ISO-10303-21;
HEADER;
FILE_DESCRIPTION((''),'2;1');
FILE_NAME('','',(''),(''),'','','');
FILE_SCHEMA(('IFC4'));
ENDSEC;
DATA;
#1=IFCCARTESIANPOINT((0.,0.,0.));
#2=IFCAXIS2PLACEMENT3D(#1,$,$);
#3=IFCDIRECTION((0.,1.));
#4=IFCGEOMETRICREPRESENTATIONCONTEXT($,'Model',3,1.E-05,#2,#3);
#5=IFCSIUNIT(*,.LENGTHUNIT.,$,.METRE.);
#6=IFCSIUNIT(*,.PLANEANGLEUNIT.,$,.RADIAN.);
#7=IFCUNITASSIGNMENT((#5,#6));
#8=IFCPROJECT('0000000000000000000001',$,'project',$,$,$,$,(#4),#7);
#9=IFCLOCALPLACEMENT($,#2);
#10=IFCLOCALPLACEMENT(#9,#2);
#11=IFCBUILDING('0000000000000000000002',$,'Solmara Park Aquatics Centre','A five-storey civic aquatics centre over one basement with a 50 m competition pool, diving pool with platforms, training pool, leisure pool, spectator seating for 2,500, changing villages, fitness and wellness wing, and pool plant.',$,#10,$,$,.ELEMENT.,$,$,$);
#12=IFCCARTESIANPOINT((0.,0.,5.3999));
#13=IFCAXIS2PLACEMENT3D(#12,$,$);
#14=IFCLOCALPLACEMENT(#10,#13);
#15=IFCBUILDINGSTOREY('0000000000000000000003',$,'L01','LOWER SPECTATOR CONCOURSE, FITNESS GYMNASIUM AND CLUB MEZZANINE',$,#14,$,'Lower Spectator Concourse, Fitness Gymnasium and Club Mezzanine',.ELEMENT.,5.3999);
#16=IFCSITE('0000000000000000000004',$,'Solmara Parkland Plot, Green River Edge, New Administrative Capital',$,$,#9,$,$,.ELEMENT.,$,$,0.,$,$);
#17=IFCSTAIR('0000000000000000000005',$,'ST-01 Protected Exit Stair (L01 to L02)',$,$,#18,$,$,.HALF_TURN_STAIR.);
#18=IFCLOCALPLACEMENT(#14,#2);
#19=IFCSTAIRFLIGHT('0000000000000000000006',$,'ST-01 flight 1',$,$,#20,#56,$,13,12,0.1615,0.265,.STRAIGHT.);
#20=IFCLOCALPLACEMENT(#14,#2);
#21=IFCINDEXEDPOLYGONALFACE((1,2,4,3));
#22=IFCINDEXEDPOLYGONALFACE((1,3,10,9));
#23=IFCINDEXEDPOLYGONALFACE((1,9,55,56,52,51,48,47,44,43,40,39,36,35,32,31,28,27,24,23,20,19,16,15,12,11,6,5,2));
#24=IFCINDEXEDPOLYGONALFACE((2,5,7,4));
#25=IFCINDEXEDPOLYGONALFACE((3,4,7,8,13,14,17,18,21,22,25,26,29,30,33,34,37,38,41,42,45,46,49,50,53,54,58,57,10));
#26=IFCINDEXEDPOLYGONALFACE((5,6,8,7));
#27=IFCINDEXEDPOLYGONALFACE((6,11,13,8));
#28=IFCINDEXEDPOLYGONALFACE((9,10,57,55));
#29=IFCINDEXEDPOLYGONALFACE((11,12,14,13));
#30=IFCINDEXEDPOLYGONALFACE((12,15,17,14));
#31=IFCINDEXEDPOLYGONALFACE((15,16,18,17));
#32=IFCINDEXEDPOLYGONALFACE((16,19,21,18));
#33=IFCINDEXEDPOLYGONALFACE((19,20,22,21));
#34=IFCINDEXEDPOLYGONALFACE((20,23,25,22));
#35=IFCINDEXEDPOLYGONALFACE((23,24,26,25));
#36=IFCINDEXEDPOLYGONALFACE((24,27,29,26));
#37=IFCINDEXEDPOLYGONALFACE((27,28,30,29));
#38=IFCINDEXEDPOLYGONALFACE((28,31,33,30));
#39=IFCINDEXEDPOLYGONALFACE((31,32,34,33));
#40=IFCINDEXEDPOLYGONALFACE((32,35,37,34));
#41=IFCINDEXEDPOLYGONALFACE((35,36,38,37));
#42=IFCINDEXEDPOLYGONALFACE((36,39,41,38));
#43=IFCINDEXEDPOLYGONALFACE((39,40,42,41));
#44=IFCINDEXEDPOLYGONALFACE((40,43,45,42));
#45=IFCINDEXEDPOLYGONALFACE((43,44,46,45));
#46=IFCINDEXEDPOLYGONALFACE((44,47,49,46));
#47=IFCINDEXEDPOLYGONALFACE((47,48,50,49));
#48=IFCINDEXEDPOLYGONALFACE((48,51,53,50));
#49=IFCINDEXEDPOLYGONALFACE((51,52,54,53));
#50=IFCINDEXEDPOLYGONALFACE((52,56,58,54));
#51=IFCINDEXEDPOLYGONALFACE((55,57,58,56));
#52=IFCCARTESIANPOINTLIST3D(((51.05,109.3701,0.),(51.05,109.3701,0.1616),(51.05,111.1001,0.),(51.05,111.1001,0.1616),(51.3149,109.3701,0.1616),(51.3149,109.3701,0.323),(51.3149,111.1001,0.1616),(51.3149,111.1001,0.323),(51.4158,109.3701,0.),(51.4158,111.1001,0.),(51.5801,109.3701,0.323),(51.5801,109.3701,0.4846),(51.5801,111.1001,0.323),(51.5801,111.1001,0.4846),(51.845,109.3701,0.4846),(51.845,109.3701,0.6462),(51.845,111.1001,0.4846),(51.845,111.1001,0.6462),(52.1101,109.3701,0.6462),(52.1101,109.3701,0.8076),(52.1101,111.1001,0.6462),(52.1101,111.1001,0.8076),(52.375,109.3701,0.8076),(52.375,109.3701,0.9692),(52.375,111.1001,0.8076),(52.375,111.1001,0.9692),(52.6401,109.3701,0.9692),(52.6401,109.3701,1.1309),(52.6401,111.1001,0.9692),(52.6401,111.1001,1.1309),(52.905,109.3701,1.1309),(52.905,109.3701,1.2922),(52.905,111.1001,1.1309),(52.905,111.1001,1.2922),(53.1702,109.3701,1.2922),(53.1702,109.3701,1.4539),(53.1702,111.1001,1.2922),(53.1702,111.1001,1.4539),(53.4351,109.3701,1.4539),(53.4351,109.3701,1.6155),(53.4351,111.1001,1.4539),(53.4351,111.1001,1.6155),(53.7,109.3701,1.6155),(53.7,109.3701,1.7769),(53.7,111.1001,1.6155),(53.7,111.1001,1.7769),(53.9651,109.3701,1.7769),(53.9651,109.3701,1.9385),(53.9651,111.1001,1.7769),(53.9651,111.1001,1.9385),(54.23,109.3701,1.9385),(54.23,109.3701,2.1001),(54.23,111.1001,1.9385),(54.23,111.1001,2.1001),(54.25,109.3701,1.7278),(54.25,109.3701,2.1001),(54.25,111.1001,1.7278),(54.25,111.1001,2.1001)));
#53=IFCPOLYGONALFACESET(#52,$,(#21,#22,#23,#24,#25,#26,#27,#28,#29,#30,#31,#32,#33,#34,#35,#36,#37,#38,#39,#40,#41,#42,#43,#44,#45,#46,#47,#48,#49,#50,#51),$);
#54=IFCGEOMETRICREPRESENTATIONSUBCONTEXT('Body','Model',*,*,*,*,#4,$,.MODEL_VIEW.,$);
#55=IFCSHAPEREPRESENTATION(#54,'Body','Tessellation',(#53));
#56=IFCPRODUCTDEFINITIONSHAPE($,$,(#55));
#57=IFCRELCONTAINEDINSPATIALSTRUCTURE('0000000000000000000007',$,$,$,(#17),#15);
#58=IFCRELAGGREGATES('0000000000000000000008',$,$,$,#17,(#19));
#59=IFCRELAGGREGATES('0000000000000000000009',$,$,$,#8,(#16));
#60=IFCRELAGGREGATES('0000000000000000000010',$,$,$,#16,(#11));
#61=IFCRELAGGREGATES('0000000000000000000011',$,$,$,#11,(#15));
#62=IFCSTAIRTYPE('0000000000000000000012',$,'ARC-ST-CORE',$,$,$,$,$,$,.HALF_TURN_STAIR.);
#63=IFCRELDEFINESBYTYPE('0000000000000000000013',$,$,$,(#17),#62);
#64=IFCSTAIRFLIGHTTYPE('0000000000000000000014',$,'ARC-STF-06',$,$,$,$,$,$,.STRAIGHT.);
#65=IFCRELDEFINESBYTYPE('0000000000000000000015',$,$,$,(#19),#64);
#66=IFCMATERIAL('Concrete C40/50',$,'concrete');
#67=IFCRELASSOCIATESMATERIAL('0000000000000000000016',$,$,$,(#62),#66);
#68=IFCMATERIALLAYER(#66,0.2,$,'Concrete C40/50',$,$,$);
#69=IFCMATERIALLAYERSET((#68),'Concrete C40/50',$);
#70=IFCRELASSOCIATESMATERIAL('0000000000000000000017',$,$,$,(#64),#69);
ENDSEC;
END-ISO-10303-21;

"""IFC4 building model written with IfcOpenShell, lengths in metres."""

from ifc_helpers import new_model, si_unit, direction, frame, origin, place, context, subcontext, project, spatial, polyline, outline, extrude, material, layer, layer_set, type_object, element, aggregate, save


model = new_model("IFC4")

# Units and contexts
model_context = context("Model", 3, precision=1e-05, world=origin(), true_north=direction((0.0, 1.0)))
body_context = subcontext(model_context, "Body", "Model", "MODEL_VIEW")
ifc_project = project(units=[si_unit("LENGTHUNIT", "METRE"), si_unit("PLANEANGLEUNIT", "RADIAN")], contexts=[model_context])

# Site, building, storey
site_placement = place(None, origin())
site = spatial("IfcSite", under=ifc_project, at=site_placement, Name="Solmara Parkland Plot, Green River Edge, New Administrative Capital", CompositionType="ELEMENT", RefElevation=0.0)
building_placement = place(site_placement, origin())
building = spatial("IfcBuilding", under=site, at=building_placement, Name="Solmara Park Aquatics Centre", Description="A five-storey civic aquatics centre over one basement with a 50 m competition pool, diving pool with platforms, training pool, leisure pool, spectator seating for 2,500, changing villages, fitness and wellness wing, and pool plant.", CompositionType="ELEMENT")
storey_placement = place(building_placement, frame((0.0, 0.0, 5.3999)))
storey = spatial("IfcBuildingStorey", under=building, at=storey_placement, Name="L01", Description="LOWER SPECTATOR CONCOURSE, FITNESS GYMNASIUM AND CLUB MEZZANINE", LongName="Lower Spectator Concourse, Fitness Gymnasium and Club Mezzanine", CompositionType="ELEMENT", Elevation=5.3999)

# Shared definitions
ifc_material_1 = material(Name="Concrete C40/50", Category="concrete")

# Stair, stair flight
stair_type = type_object("IfcStairType", Name="ARC-ST-CORE", PredefinedType="HALF_TURN_STAIR", material=ifc_material_1)
stair_placement = place(storey_placement, origin())
stair = element("IfcStair", 1, at=stair_placement, inside=storey, type_object=stair_type, Name="ST-01 Protected Exit Stair (L01 to L02)", PredefinedType="HALF_TURN_STAIR")
ifc_layer_1 = layer(ifc_material_1, 0.2, Name="Concrete C40/50")
ifc_layer_set_1 = layer_set([ifc_layer_1], Name="Concrete C40/50")
stair_flight_type = type_object("IfcStairFlightType", Name="ARC-STF-06", PredefinedType="STRAIGHT", material=ifc_layer_set_1)
stair_flight_placement = place(storey_placement, frame((51.05, 110.2351, 0.0), z_axis=(0.0, 0.0, 1.0), x_axis=(1.0, 0.0, 0.0)))
stair_flight = element("IfcStairFlight", 2, at=stair_flight_placement, type_object=stair_flight_type, Name="ST-01 flight 1", NumberOfRisers=13, NumberOfTreads=12, PredefinedType="STRAIGHT", RiserHeight=0.1615, TreadLength=0.265, context=body_context, shape_type="SweptSolid", body=[
    extrude(outline(polyline([(0.0, 0.0), (0.0, 0.1616), (0.2649, 0.1616), (0.2649, 0.323), (0.53, 0.323), (0.53, 0.4846), (0.7949, 0.4846), (0.7949, 0.6462), (1.0601, 0.6462), (1.0601, 0.8076), (1.325, 0.8076), (1.325, 0.9692), (1.5901, 0.9692), (1.5901, 1.1309), (1.855, 1.1309), (1.855, 1.2922), (2.1201, 1.2922), (2.1201, 1.4539), (2.385, 1.4539), (2.385, 1.6155), (2.6499, 1.6155), (2.6499, 1.7769), (2.915, 1.7769), (2.915, 1.9385), (3.1799, 1.9385), (3.1799, 2.1001), (3.2, 2.1001), (3.2, 1.7278), (0.3657, 0.0), (0.0, 0.0)])), frame((0.0, 0.865, 0.0), z_axis=(0.0, -1.0, 0.0), x_axis=(1.0, 0.0, 0.0)), (0.0, 0.0, 1.0), 1.73),
])
aggregate(stair, [stair_flight])

save(model, "model.ifc")
